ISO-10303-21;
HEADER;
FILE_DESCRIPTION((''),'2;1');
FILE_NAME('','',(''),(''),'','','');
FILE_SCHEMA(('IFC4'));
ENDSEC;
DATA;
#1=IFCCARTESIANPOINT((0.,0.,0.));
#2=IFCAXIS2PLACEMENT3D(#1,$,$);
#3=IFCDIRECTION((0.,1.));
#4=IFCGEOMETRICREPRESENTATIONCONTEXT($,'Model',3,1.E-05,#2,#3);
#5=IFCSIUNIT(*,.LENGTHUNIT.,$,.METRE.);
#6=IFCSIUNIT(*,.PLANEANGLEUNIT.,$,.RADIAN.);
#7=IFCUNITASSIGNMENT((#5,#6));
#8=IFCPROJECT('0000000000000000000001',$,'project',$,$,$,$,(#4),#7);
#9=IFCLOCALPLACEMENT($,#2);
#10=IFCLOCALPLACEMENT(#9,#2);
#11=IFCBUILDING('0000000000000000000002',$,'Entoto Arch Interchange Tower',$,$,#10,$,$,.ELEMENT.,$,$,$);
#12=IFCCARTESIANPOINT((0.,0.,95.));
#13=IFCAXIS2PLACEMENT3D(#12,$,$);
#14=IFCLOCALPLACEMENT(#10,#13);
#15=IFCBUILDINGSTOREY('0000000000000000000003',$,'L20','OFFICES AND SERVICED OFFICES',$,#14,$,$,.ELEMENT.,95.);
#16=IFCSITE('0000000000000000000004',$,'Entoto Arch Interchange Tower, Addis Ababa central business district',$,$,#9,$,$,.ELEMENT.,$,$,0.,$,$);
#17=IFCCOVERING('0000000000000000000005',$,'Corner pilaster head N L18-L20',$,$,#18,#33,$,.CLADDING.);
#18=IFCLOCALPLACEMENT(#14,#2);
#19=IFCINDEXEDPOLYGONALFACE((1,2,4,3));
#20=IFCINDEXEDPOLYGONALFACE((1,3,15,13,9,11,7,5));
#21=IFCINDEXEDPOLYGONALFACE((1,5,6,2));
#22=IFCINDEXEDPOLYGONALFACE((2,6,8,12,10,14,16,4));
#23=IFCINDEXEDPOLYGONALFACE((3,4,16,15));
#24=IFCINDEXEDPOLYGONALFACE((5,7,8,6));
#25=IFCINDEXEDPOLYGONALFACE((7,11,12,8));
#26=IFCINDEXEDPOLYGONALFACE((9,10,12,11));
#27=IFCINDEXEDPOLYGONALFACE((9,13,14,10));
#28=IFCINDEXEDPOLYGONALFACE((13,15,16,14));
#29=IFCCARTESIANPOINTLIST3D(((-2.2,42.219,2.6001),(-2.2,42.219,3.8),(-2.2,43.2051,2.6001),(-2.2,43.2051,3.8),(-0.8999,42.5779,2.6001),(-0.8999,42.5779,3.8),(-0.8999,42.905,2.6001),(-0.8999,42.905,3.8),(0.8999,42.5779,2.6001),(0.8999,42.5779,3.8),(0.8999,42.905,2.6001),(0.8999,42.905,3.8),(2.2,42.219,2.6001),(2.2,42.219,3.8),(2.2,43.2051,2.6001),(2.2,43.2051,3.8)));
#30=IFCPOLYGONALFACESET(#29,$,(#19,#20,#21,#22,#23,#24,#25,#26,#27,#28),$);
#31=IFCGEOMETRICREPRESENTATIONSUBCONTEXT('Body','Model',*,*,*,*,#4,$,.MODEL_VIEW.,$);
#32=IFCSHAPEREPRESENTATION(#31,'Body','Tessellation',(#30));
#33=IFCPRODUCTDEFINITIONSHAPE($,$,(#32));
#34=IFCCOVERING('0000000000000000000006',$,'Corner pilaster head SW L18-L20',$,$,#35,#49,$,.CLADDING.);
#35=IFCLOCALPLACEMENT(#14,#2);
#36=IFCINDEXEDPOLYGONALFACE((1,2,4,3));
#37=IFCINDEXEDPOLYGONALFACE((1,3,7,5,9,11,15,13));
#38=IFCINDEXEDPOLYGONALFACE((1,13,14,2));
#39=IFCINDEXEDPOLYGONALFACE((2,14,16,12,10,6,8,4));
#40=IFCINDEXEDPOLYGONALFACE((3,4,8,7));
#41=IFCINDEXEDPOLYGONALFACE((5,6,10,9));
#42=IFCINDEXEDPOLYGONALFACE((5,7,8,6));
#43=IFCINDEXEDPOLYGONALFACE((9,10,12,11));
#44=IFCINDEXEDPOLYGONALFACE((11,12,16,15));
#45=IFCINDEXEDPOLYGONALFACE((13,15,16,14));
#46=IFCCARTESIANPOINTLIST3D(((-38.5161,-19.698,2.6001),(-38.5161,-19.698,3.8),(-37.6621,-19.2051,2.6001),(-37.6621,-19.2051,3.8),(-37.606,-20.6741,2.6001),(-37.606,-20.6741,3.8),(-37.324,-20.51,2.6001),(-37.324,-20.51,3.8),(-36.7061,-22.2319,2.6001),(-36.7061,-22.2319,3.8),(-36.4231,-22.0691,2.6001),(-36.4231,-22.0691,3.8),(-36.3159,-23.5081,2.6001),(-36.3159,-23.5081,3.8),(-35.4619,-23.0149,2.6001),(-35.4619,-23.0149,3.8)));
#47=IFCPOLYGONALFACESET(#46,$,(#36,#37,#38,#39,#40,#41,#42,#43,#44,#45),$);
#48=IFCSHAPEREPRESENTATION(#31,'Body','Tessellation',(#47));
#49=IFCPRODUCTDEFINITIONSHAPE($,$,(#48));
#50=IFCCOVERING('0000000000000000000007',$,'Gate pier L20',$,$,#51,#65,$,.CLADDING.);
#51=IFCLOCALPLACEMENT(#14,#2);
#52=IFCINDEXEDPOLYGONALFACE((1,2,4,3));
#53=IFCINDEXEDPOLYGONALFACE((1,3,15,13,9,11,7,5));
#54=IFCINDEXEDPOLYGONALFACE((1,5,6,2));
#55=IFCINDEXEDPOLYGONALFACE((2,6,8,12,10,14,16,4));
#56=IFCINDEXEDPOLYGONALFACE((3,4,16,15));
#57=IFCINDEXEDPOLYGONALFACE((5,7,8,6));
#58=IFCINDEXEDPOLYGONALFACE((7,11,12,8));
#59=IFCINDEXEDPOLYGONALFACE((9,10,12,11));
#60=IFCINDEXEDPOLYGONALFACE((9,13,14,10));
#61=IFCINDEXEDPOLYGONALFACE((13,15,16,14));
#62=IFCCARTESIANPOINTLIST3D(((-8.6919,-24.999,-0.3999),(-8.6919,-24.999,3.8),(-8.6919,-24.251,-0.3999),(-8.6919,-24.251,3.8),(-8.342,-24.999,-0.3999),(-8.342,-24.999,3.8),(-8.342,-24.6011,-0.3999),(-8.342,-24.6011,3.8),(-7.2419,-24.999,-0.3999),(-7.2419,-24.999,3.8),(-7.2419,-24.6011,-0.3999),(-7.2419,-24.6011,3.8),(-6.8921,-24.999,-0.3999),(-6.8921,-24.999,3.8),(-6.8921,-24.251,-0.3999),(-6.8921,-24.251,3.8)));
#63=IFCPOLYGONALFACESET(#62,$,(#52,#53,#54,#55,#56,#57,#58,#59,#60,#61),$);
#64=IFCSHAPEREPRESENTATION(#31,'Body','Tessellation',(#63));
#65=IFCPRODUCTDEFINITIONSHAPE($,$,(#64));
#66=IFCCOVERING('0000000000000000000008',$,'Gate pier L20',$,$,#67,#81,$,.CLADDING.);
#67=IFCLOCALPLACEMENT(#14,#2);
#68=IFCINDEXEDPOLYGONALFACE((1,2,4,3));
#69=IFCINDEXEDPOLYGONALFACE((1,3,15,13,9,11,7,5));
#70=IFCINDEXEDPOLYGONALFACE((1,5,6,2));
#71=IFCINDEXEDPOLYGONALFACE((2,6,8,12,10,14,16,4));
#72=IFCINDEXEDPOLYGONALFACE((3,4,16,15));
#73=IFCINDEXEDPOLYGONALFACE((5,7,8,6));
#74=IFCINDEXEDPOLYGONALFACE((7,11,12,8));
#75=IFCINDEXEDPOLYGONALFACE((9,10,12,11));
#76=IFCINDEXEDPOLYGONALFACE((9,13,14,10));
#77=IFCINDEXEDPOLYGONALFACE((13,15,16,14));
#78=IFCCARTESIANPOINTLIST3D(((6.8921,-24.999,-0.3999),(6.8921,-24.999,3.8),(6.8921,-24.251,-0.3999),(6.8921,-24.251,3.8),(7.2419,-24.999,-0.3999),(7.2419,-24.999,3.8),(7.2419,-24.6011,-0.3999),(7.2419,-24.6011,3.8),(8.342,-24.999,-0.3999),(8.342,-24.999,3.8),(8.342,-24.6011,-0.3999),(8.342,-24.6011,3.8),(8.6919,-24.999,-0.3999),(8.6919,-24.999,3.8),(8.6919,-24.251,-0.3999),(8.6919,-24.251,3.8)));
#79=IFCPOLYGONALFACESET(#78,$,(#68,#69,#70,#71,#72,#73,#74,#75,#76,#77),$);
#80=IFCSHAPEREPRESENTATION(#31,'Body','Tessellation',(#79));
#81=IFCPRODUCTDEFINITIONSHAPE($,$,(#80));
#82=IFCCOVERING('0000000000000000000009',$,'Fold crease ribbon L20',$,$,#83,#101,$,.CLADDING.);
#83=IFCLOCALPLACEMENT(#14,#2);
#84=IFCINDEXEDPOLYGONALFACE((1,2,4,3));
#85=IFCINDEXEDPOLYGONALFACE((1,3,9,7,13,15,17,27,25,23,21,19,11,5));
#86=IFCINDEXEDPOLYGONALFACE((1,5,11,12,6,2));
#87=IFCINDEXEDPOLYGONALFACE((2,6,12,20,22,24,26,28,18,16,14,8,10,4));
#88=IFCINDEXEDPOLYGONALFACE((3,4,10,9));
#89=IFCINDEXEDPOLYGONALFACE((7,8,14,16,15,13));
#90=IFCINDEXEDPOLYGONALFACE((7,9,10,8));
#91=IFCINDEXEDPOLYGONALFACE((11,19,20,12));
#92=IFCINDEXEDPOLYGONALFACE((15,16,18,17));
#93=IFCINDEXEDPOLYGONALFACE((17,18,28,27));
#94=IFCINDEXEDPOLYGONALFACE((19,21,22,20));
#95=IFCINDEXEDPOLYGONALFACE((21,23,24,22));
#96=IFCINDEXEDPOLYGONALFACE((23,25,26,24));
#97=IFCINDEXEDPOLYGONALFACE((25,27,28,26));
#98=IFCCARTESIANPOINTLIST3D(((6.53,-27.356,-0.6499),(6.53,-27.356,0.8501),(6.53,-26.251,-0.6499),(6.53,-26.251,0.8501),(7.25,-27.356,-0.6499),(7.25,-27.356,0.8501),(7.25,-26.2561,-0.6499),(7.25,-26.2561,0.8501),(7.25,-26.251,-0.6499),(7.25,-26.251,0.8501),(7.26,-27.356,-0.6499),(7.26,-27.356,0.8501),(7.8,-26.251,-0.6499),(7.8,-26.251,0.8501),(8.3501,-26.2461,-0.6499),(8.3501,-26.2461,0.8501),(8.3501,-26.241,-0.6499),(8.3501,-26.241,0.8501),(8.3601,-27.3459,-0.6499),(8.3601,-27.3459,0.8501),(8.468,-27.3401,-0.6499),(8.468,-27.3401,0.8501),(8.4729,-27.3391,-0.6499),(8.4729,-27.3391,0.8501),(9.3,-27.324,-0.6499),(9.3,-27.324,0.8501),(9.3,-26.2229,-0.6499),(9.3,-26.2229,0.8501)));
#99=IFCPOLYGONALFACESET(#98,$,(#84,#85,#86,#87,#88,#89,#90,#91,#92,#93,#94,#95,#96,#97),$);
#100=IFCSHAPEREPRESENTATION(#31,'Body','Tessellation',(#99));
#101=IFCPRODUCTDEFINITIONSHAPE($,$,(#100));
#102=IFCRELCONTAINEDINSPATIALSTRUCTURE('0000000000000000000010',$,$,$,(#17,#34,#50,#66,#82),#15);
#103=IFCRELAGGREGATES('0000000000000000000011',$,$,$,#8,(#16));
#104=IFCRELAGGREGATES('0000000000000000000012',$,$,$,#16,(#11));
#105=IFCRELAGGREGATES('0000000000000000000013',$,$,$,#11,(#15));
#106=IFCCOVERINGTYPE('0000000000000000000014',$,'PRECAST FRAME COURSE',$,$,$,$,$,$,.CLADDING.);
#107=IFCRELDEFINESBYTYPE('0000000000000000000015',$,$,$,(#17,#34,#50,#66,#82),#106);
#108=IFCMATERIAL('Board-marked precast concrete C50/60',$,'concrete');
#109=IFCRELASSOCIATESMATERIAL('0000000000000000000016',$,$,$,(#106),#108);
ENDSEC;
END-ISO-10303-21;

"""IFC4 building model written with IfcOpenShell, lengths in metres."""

from ifc_helpers import new_model, si_unit, direction, frame, origin, place, context, subcontext, project, spatial, polyline, outline, extrude, material, type_object, element, save


model = new_model("IFC4")

# Units and contexts
model_context = context("Model", 3, precision=1e-05, world=origin(), true_north=direction((0.0, 1.0)))
body_context = subcontext(model_context, "Body", "Model", "MODEL_VIEW")
ifc_project = project(units=[si_unit("LENGTHUNIT", "METRE"), si_unit("PLANEANGLEUNIT", "RADIAN")], contexts=[model_context])

# Site, building, storey
site_placement = place(None, origin())
site = spatial("IfcSite", under=ifc_project, at=site_placement, Name="Entoto Arch Interchange Tower, Addis Ababa central business district", CompositionType="ELEMENT", RefElevation=0.0)
building_placement = place(site_placement, origin())
building = spatial("IfcBuilding", under=site, at=building_placement, Name="Entoto Arch Interchange Tower", CompositionType="ELEMENT")
storey_placement = place(building_placement, frame((0.0, 0.0, 95.0)))
storey = spatial("IfcBuildingStorey", under=building, at=storey_placement, Name="L20", Description="OFFICES AND SERVICED OFFICES", CompositionType="ELEMENT", Elevation=95.0)

# Shared definitions
ifc_material_1 = material(Name="Board-marked precast concrete C50/60", Category="concrete")

# Coverings
covering_type = type_object("IfcCoveringType", Name="PRECAST FRAME COURSE", PredefinedType="CLADDING", material=ifc_material_1)
covering_1_placement = place(storey_placement, frame((0.0, 0.0, 2.6001)))
element("IfcCovering", 1, at=covering_1_placement, inside=storey, type_object=covering_type, Name="Corner pilaster head N L18-L20", PredefinedType="CLADDING", context=body_context, shape_type="SweptSolid", body=[
    extrude(outline(polyline([(-2.2, 43.2051), (2.2, 43.2051), (2.2, 42.219), (0.8999, 42.5779), (0.8999, 42.905), (-0.8999, 42.905), (-0.8999, 42.5779), (-2.2, 42.219), (-2.2, 43.2051)])), origin(), (0.0, 0.0, 1.0), 1.2),
])
covering_2_placement = place(storey_placement, frame((0.0, 0.0, 2.6001)))
element("IfcCovering", 2, at=covering_2_placement, inside=storey, type_object=covering_type, Name="Corner pilaster head SW L18-L20", PredefinedType="CLADDING", context=body_context, shape_type="SweptSolid", body=[
    extrude(outline(polyline([(-36.3159, -23.5081), (-38.5161, -19.698), (-37.6621, -19.2051), (-37.324, -20.51), (-37.606, -20.6741), (-36.7061, -22.2319), (-36.4231, -22.0691), (-35.4619, -23.0149), (-36.3159, -23.5081)])), origin(), (0.0, 0.0, 1.0), 1.2),
])
covering_3_placement = place(storey_placement, frame((0.0, 0.0, -0.3999)))
element("IfcCovering", 3, at=covering_3_placement, inside=storey, type_object=covering_type, Name="Gate pier L20", PredefinedType="CLADDING", context=body_context, shape_type="SweptSolid", body=[
    extrude(outline(polyline([(-8.6919, -24.251), (-6.8921, -24.251), (-6.8921, -24.999), (-7.2419, -24.999), (-7.2419, -24.6011), (-8.342, -24.6011), (-8.342, -24.999), (-8.6919, -24.999), (-8.6919, -24.251)])), origin(), (0.0, 0.0, 1.0), 4.2),
])
covering_4_placement = place(storey_placement, frame((0.0, 0.0, -0.3999)))
element("IfcCovering", 4, at=covering_4_placement, inside=storey, type_object=covering_type, Name="Gate pier L20", PredefinedType="CLADDING", context=body_context, shape_type="SweptSolid", body=[
    extrude(outline(polyline([(6.8921, -24.251), (8.6919, -24.251), (8.6919, -24.999), (8.342, -24.999), (8.342, -24.6011), (7.2419, -24.6011), (7.2419, -24.999), (6.8921, -24.999), (6.8921, -24.251)])), origin(), (0.0, 0.0, 1.0), 4.2),
])
covering_5_placement = place(storey_placement, frame((0.0, 0.0, -0.6499)))
element("IfcCovering", 5, at=covering_5_placement, inside=storey, type_object=covering_type, Name="Fold crease ribbon L20", PredefinedType="CLADDING", context=body_context, shape_type="SweptSolid", body=[
    extrude(outline(polyline([(8.4729, -27.3391), (8.468, -27.3401), (8.3601, -27.3459), (7.26, -27.356), (7.25, -27.356), (6.53, -27.356), (6.53, -26.251), (7.25, -26.251), (7.25, -26.2561), (7.8, -26.251), (8.3501, -26.2461), (8.3501, -26.241), (9.3, -26.2229), (9.3, -27.324), (8.4729, -27.3391)])), origin(), (0.0, 0.0, 1.0), 1.5),
])

save(model, "model.ifc")
